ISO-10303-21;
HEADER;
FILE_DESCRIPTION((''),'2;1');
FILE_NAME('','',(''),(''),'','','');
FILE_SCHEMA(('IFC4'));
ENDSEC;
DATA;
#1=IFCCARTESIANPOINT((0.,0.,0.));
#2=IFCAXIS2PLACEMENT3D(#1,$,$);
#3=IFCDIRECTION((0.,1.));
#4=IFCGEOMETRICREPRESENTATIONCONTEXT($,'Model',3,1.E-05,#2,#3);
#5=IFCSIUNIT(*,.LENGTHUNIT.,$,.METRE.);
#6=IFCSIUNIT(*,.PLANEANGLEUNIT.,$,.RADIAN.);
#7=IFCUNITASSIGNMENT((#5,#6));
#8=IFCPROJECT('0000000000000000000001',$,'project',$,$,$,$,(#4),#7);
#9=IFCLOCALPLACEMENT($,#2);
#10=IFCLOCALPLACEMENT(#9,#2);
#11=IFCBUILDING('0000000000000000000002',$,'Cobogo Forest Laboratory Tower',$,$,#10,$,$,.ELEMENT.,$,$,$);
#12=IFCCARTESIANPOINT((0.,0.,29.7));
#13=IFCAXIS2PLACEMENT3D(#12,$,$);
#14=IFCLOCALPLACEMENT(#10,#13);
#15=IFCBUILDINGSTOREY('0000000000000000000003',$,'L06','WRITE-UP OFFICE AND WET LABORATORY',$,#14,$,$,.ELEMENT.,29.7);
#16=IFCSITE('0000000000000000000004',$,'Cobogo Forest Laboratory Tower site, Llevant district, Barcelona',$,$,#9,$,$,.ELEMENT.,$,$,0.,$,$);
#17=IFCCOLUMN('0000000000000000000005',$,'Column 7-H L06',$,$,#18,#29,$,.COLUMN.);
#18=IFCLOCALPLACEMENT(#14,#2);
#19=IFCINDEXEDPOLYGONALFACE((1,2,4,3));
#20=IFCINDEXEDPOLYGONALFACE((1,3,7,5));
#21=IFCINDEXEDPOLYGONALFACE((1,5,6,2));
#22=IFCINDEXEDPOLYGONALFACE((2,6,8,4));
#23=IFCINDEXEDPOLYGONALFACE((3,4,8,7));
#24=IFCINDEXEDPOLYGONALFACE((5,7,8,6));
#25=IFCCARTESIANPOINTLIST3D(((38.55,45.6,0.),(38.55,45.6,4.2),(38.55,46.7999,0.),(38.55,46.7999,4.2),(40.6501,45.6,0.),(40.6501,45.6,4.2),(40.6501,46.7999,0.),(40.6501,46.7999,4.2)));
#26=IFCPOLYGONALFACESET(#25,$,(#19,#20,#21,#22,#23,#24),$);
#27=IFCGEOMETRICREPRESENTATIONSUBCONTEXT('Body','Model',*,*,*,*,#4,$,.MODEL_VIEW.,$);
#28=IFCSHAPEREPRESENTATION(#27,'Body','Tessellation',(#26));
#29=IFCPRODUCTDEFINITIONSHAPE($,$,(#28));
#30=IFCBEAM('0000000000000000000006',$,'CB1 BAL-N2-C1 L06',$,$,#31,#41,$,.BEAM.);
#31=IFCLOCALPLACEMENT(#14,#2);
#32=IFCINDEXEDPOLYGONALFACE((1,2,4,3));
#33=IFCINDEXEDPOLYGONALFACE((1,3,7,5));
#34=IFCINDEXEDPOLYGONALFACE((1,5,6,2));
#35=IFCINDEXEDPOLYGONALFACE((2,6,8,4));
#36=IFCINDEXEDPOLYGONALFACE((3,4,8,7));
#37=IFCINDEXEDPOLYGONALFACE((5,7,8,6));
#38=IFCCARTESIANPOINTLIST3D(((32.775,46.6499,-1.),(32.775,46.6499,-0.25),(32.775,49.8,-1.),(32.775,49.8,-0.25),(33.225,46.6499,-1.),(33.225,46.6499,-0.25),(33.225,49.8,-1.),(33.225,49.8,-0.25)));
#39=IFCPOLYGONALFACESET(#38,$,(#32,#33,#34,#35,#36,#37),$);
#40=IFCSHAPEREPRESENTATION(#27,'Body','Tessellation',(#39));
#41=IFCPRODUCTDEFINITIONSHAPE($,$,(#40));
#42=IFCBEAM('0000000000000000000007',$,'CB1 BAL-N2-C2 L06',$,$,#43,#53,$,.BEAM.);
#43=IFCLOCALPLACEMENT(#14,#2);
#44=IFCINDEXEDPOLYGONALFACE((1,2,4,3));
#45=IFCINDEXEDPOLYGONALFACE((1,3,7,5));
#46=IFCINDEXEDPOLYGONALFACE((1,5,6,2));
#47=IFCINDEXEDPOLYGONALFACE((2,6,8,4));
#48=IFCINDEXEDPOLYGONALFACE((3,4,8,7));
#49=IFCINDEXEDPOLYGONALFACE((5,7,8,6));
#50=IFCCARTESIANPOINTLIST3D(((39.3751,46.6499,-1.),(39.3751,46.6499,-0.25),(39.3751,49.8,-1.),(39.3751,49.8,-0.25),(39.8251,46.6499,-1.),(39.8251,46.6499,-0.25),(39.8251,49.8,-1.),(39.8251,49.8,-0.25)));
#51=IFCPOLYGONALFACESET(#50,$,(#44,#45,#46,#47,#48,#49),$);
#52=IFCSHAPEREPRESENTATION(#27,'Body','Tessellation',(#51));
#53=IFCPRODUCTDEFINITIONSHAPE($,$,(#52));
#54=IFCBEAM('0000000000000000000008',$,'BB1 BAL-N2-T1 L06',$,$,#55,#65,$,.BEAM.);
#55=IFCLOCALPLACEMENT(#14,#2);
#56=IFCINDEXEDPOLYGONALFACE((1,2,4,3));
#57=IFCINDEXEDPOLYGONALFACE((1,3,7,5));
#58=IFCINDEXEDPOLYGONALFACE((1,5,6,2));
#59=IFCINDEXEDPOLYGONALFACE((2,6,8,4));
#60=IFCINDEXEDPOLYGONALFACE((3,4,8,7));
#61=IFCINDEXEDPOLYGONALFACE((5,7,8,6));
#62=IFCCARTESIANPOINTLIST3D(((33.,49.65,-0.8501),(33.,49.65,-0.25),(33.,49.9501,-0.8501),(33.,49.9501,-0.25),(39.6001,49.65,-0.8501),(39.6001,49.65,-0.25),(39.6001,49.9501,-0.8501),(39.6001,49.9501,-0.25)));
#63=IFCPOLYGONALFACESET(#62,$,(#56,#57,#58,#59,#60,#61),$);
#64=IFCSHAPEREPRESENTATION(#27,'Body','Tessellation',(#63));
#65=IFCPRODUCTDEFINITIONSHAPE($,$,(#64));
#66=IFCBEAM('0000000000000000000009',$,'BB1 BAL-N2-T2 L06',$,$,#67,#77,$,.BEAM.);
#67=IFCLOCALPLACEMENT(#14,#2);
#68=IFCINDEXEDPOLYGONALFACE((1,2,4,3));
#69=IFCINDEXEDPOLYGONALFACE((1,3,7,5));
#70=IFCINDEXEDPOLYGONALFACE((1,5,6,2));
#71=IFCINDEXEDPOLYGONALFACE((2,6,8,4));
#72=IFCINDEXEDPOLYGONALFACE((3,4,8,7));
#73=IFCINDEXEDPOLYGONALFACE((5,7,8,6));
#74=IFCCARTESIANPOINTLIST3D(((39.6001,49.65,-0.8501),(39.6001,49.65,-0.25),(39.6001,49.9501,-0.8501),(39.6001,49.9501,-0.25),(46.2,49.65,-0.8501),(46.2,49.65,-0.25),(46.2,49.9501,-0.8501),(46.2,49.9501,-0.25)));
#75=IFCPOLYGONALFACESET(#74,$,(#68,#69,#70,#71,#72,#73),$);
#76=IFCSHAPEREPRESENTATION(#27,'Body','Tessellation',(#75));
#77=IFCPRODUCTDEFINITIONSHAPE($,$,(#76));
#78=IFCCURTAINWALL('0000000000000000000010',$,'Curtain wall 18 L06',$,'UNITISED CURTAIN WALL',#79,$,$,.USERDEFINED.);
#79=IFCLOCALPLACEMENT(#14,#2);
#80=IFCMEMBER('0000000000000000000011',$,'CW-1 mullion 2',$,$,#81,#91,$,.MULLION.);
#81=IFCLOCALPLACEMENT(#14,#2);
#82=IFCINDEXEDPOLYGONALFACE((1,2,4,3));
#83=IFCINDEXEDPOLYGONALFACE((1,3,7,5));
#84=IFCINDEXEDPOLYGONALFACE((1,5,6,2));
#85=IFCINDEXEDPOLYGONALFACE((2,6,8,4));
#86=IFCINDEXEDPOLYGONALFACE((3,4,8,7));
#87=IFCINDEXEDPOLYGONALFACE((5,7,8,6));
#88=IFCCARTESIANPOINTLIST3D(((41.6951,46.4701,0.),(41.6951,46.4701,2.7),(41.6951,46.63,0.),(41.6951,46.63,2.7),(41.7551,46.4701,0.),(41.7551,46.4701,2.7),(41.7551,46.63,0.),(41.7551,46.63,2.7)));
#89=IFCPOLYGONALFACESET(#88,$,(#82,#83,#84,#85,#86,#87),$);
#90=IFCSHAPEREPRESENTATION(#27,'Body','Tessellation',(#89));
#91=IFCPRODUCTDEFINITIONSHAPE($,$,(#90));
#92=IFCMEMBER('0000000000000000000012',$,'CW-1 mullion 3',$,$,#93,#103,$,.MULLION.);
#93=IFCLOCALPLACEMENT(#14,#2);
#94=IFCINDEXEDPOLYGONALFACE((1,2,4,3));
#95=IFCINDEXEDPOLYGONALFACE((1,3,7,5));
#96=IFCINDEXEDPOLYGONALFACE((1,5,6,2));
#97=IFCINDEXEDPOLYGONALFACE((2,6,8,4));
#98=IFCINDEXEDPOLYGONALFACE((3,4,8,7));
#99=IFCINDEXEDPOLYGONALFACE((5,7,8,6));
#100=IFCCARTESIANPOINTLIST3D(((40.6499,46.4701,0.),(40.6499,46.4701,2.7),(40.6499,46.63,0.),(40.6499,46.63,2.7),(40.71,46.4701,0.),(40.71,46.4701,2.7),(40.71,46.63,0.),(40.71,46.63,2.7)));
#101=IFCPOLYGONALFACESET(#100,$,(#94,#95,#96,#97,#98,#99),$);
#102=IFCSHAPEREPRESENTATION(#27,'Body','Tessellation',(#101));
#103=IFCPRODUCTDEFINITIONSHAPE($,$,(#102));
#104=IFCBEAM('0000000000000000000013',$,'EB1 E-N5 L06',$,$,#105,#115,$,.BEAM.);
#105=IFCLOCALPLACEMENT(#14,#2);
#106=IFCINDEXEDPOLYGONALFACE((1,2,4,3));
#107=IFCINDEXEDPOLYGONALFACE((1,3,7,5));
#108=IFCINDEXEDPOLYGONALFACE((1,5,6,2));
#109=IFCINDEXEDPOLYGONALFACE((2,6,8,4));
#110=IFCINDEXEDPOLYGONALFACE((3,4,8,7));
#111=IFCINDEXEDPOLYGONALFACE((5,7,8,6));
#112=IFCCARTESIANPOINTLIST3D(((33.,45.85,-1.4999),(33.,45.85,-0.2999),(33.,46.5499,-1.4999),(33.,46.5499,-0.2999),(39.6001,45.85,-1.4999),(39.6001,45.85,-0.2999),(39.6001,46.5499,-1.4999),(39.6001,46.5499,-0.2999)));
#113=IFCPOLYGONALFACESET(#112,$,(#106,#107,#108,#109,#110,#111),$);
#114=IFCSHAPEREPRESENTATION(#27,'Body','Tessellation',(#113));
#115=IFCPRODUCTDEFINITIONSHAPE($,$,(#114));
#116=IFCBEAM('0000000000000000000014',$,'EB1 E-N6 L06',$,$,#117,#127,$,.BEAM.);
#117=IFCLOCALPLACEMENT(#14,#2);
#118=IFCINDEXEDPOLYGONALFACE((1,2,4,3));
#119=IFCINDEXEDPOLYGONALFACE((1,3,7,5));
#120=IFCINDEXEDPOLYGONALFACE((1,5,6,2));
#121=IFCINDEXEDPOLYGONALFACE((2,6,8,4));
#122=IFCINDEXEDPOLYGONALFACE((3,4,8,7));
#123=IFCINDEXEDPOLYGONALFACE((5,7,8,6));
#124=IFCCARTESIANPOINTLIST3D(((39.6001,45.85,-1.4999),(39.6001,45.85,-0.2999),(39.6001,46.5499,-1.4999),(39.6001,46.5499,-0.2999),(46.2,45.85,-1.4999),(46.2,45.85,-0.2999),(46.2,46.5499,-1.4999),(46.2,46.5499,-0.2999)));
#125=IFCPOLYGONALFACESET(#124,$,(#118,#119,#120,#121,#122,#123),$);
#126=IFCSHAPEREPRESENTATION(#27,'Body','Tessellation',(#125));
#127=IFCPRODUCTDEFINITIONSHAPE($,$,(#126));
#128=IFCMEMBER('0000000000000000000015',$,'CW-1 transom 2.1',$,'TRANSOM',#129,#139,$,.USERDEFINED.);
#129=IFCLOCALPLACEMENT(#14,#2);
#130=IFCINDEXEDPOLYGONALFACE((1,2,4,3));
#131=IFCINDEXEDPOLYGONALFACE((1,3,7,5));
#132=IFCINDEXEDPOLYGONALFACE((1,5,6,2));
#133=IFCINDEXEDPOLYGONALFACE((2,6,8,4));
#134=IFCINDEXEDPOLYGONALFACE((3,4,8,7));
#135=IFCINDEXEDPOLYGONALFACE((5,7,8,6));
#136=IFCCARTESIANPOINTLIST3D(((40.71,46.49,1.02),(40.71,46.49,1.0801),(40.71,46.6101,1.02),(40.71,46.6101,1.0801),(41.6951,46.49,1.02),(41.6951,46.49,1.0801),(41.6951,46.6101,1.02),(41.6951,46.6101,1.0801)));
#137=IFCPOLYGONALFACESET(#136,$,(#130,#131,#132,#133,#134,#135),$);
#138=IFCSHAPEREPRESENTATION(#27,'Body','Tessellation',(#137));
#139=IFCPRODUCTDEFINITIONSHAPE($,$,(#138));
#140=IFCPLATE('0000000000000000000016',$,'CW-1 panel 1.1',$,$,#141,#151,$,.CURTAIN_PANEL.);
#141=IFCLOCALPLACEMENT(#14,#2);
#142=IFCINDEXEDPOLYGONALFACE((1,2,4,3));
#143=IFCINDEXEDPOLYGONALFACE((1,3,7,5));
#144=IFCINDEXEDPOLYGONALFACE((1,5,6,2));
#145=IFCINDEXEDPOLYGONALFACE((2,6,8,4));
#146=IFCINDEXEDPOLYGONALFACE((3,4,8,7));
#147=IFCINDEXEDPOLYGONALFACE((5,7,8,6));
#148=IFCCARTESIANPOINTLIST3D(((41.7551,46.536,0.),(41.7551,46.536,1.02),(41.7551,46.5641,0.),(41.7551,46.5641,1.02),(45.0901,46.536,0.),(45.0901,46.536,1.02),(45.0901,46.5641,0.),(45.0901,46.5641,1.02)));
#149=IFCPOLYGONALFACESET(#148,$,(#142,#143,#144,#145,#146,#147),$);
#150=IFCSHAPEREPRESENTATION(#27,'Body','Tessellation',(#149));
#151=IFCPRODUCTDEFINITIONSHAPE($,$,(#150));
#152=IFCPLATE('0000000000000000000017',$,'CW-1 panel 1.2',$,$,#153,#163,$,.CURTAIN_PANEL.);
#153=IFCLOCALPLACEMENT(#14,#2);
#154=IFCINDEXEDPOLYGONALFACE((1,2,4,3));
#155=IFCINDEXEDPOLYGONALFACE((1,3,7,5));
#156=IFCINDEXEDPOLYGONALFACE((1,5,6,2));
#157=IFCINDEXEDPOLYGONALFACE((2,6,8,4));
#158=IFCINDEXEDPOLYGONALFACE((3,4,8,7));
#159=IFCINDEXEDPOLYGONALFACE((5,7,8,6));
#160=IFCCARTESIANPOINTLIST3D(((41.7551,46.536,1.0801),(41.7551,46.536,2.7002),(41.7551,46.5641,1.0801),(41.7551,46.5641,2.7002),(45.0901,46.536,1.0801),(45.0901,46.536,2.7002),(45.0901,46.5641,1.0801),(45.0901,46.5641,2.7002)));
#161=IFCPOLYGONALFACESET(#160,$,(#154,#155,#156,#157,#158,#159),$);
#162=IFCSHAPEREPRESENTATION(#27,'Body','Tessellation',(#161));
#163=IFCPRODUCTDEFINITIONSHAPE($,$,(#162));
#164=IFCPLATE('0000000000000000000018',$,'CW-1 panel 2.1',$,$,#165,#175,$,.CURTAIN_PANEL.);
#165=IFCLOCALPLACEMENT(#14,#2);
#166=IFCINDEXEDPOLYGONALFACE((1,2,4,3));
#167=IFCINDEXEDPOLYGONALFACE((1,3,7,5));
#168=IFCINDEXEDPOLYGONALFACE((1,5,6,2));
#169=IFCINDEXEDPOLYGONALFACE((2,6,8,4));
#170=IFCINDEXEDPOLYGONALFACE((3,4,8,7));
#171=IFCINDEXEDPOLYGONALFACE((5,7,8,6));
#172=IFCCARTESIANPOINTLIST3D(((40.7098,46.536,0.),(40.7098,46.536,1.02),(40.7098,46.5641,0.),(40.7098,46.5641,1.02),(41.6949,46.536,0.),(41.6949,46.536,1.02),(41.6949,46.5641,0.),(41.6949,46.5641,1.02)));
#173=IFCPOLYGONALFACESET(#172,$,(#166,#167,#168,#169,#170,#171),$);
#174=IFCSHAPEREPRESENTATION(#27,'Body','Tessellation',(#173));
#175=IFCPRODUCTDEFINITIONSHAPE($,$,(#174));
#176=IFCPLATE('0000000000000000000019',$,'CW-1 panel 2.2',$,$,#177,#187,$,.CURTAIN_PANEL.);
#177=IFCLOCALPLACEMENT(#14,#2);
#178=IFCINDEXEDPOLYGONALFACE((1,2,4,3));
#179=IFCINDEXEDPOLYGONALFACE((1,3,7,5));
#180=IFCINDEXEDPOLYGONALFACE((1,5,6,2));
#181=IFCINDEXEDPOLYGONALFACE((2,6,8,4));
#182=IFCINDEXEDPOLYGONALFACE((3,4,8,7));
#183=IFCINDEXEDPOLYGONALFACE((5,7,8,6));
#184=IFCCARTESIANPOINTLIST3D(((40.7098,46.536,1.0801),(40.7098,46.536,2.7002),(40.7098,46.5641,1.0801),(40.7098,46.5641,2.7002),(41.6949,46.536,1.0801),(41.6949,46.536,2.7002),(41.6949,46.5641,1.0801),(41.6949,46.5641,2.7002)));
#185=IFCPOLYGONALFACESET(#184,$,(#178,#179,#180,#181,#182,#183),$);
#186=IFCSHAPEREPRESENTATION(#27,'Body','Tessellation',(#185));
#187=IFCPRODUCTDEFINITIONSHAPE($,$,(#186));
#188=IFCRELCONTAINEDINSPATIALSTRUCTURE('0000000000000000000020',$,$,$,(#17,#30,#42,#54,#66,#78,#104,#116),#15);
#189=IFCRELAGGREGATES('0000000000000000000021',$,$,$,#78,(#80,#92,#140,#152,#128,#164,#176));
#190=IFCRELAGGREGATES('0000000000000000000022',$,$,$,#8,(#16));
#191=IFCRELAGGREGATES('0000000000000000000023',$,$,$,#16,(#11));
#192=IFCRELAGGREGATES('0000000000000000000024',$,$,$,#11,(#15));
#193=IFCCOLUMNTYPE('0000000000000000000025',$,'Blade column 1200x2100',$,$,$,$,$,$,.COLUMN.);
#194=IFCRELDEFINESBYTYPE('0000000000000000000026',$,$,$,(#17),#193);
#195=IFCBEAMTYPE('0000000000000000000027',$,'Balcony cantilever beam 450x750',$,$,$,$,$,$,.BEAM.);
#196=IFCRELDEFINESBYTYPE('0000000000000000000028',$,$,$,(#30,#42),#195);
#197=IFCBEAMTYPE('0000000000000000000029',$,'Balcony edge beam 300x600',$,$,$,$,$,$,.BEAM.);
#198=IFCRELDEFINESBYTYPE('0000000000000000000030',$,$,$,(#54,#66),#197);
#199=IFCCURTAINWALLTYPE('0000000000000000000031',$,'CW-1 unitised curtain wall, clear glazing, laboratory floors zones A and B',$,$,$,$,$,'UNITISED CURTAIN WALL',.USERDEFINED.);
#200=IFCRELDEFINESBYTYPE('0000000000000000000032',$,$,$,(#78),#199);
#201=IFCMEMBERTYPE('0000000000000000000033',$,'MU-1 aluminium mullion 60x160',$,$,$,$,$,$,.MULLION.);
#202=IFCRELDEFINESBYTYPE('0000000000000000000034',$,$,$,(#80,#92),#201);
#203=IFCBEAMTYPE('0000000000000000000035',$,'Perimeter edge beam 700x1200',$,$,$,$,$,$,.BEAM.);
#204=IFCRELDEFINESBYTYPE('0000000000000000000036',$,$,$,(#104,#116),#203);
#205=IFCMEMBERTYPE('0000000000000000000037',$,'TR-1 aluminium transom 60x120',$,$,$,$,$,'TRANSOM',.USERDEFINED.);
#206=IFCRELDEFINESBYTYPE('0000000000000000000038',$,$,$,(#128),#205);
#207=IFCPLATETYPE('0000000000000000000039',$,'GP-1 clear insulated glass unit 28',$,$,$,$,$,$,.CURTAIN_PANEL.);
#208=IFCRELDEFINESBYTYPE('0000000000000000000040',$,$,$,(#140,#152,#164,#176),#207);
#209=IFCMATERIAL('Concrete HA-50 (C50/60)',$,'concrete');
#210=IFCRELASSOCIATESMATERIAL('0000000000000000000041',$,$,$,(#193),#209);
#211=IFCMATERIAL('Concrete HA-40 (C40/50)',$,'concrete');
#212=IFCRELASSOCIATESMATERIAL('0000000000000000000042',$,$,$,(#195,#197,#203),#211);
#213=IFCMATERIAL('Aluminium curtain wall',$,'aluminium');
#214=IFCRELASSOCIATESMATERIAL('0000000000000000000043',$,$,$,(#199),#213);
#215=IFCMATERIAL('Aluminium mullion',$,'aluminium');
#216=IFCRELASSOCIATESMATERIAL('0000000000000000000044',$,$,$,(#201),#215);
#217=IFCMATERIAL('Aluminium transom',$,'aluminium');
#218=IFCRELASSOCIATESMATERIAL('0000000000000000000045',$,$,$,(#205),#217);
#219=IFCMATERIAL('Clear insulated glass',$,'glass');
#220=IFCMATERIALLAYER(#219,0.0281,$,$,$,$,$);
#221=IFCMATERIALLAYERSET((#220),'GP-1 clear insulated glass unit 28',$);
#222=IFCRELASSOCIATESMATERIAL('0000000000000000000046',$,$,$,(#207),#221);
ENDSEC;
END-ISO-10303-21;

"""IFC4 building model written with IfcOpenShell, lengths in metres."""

from ifc_helpers import new_model, si_unit, direction, frame, origin, origin_2d, place, context, subcontext, project, spatial, rectangle, extrude, material, layer, layer_set, material_profile, profile_set, type_object, element, aggregate, save


model = new_model("IFC4")

# Units and contexts
model_context = context("Model", 3, precision=1e-05, world=origin(), true_north=direction((0.0, 1.0)))
body_context = subcontext(model_context, "Body", "Model", "MODEL_VIEW")
ifc_project = project(units=[si_unit("LENGTHUNIT", "METRE"), si_unit("PLANEANGLEUNIT", "RADIAN")], contexts=[model_context])

# Site, building, storey
site_placement = place(None, origin())
site = spatial("IfcSite", under=ifc_project, at=site_placement, Name="Cobogo Forest Laboratory Tower site, Llevant district, Barcelona", CompositionType="ELEMENT", RefElevation=0.0)
building_placement = place(site_placement, origin())
building = spatial("IfcBuilding", under=site, at=building_placement, Name="Cobogo Forest Laboratory Tower", CompositionType="ELEMENT")
storey_placement = place(building_placement, frame((0.0, 0.0, 29.7)))
storey = spatial("IfcBuildingStorey", under=building, at=storey_placement, Name="L06", Description="WRITE-UP OFFICE AND WET LABORATORY", CompositionType="ELEMENT", Elevation=29.7)

# Column
ifc_material_1 = material(Name="Concrete HA-50 (C50/60)", Category="concrete")
ifc_material_profile_1 = material_profile(ifc_material_1, rectangle(XDim=2.1001, YDim=1.2, at=origin_2d()), Name="RC 1200x2100")
ifc_profile_set_1 = profile_set([ifc_material_profile_1], Name="Concrete HA-50 (C50/60)")
column_type = type_object("IfcColumnType", Name="Blade column 1200x2100", PredefinedType="COLUMN", material=ifc_profile_set_1)
column_placement = place(storey_placement, frame((39.6001, 46.2, 0.0), z_axis=(0.0, 0.0, 1.0), x_axis=(1.0, 0.0, 0.0)))
element("IfcColumn", 1, at=column_placement, inside=storey, type_object=column_type, Name="Column 7-H L06", PredefinedType="COLUMN", context=body_context, shape_type="SweptSolid", body=[
    extrude(rectangle(XDim=2.1001, YDim=1.2, at=origin_2d()), origin(), (0.0, 0.0, 1.0), 4.2),
])

# Beams
ifc_material_2 = material(Name="Concrete HA-40 (C40/50)", Category="concrete")
ifc_material_profile_2 = material_profile(ifc_material_2, rectangle(XDim=0.45, YDim=0.75, at=origin_2d()), Name="RC 450x750")
ifc_profile_set_2 = profile_set([ifc_material_profile_2], Name="Concrete HA-40 (C40/50)")
beam_type_1 = type_object("IfcBeamType", Name="Balcony cantilever beam 450x750", PredefinedType="BEAM", material=ifc_profile_set_2)
for number, where, z_axis, x_axis, name in (
    (2, (33.0, 46.6499, -0.625), (0.0, 1.0, 0.0), (-1.0, 0.0, 0.0), "CB1 BAL-N2-C1 L06"),
    (3, (39.6001, 46.6499, -0.625), (0.0, 1.0, 0.0), (-1.0, 0.0, 0.0), "CB1 BAL-N2-C2 L06"),
):
    element("IfcBeam", number, at=place(storey_placement, frame(where, z_axis=z_axis, x_axis=x_axis)), inside=storey, type_object=beam_type_1, Name=name, PredefinedType="BEAM", context=body_context, shape_type="SweptSolid", body=[
        extrude(rectangle(XDim=0.45, YDim=0.75, at=origin_2d()), origin(), (0.0, 0.0, 1.0), 3.1501),
    ])
ifc_material_profile_3 = material_profile(ifc_material_2, rectangle(XDim=0.3, YDim=0.6001, at=origin_2d()), Name="RC 300x600")
ifc_profile_set_3 = profile_set([ifc_material_profile_3], Name="Concrete HA-40 (C40/50)")
beam_type_2 = type_object("IfcBeamType", Name="Balcony edge beam 300x600", PredefinedType="BEAM", material=ifc_profile_set_3)
beam_1_placement = place(storey_placement, frame((33.0, 49.8, -0.55), z_axis=(1.0, 0.0, 0.0), x_axis=(0.0, 1.0, 0.0)))
element("IfcBeam", 4, at=beam_1_placement, inside=storey, type_object=beam_type_2, Name="BB1 BAL-N2-T1 L06", PredefinedType="BEAM", context=body_context, shape_type="SweptSolid", body=[
    extrude(rectangle(XDim=0.3, YDim=0.6001, at=origin_2d()), origin(), (0.0, 0.0, 1.0), 6.6001),
])
beam_2_placement = place(storey_placement, frame((39.6001, 49.8, -0.55), z_axis=(1.0, 0.0, 0.0), x_axis=(0.0, 1.0, 0.0)))
element("IfcBeam", 5, at=beam_2_placement, inside=storey, type_object=beam_type_2, Name="BB1 BAL-N2-T2 L06", PredefinedType="BEAM", context=body_context, shape_type="SweptSolid", body=[
    extrude(rectangle(XDim=0.3, YDim=0.6001, at=origin_2d()), origin(), (0.0, 0.0, 1.0), 6.5999),
])

# Curtain wall, members
ifc_material_3 = material(Name="Aluminium curtain wall", Category="aluminium")
curtain_wall_type = type_object("IfcCurtainWallType", Name="CW-1 unitised curtain wall, clear glazing, laboratory floors zones A and B", ElementType="UNITISED CURTAIN WALL", PredefinedType="USERDEFINED", material=ifc_material_3)
curtain_wall_placement = place(storey_placement, origin())
curtain_wall = element("IfcCurtainWall", 6, at=curtain_wall_placement, inside=storey, type_object=curtain_wall_type, Name="Curtain wall 18 L06", ObjectType="UNITISED CURTAIN WALL", PredefinedType="USERDEFINED")
ifc_material_4 = material(Name="Aluminium mullion", Category="aluminium")
ifc_material_profile_4 = material_profile(ifc_material_4, rectangle(XDim=0.0601, YDim=0.1599, at=origin_2d()), Name="AL 60x160")
ifc_profile_set_4 = profile_set([ifc_material_profile_4], Name="Aluminium mullion")
member_type_1 = type_object("IfcMemberType", Name="MU-1 aluminium mullion 60x160", PredefinedType="MULLION", material=ifc_profile_set_4)
member_1_placement = place(storey_placement, frame((41.7251, 46.55, 0.0), z_axis=(0.0, 0.0, 1.0), x_axis=(-1.0, 0.0, 0.0)))
member_1 = element("IfcMember", 7, at=member_1_placement, type_object=member_type_1, Name="CW-1 mullion 2", PredefinedType="MULLION", context=body_context, shape_type="SweptSolid", body=[
    extrude(rectangle(XDim=0.0601, YDim=0.1599, at=origin_2d()), origin(), (0.0, 0.0, 1.0), 2.7),
])
member_2_placement = place(storey_placement, frame((40.6799, 46.55, 0.0), z_axis=(0.0, 0.0, 1.0), x_axis=(-1.0, 0.0, 0.0)))
member_2 = element("IfcMember", 8, at=member_2_placement, type_object=member_type_1, Name="CW-1 mullion 3", PredefinedType="MULLION", context=body_context, shape_type="SweptSolid", body=[
    extrude(rectangle(XDim=0.0601, YDim=0.1599, at=origin_2d()), origin(), (0.0, 0.0, 1.0), 2.7),
])

# Beams
ifc_material_profile_5 = material_profile(ifc_material_2, rectangle(XDim=0.7, YDim=1.2, at=origin_2d()), Name="RC 700x1200")
ifc_profile_set_5 = profile_set([ifc_material_profile_5], Name="Concrete HA-40 (C40/50)")
beam_type_3 = type_object("IfcBeamType", Name="Perimeter edge beam 700x1200", PredefinedType="BEAM", material=ifc_profile_set_5)
beam_3_placement = place(storey_placement, frame((33.0, 46.2, -0.8999), z_axis=(1.0, 0.0, 0.0), x_axis=(0.0, 1.0, 0.0)))
element("IfcBeam", 9, at=beam_3_placement, inside=storey, type_object=beam_type_3, Name="EB1 E-N5 L06", PredefinedType="BEAM", context=body_context, shape_type="SweptSolid", body=[
    extrude(rectangle(XDim=0.7, YDim=1.2, at=origin_2d()), origin(), (0.0, 0.0, 1.0), 6.6001),
])
beam_4_placement = place(storey_placement, frame((39.6001, 46.2, -0.8999), z_axis=(1.0, 0.0, 0.0), x_axis=(0.0, 1.0, 0.0)))
element("IfcBeam", 10, at=beam_4_placement, inside=storey, type_object=beam_type_3, Name="EB1 E-N6 L06", PredefinedType="BEAM", context=body_context, shape_type="SweptSolid", body=[
    extrude(rectangle(XDim=0.7, YDim=1.2, at=origin_2d()), origin(), (0.0, 0.0, 1.0), 6.5999),
])

# Member
ifc_material_5 = material(Name="Aluminium transom", Category="aluminium")
ifc_material_profile_6 = material_profile(ifc_material_5, rectangle(XDim=0.1201, YDim=0.0601, at=origin_2d()), Name="AL 60x120")
ifc_profile_set_6 = profile_set([ifc_material_profile_6], Name="Aluminium transom")
member_type_2 = type_object("IfcMemberType", Name="TR-1 aluminium transom 60x120", ElementType="TRANSOM", PredefinedType="USERDEFINED", material=ifc_profile_set_6)
member_3_placement = place(storey_placement, frame((41.6951, 46.55, 1.05), z_axis=(-1.0, 0.0, 0.0), x_axis=(0.0, -1.0, 0.0)))
member_3 = element("IfcMember", 11, at=member_3_placement, type_object=member_type_2, Name="CW-1 transom 2.1", ObjectType="TRANSOM", PredefinedType="USERDEFINED", context=body_context, shape_type="SweptSolid", body=[
    extrude(rectangle(XDim=0.1201, YDim=0.0601, at=origin_2d()), origin(), (0.0, 0.0, 1.0), 0.9851),
])

# Plates
ifc_material_6 = material(Name="Clear insulated glass", Category="glass")
ifc_layer_1 = layer(ifc_material_6, 0.0281)
ifc_layer_set_1 = layer_set([ifc_layer_1], Name="GP-1 clear insulated glass unit 28")
plate_type = type_object("IfcPlateType", Name="GP-1 clear insulated glass unit 28", PredefinedType="CURTAIN_PANEL", material=ifc_layer_set_1)
plate_1_placement = place(storey_placement, frame((43.4226, 46.55, 0.0), z_axis=(0.0, 0.0, 1.0), x_axis=(-1.0, 0.0, 0.0)))
plate_1 = element("IfcPlate", 12, at=plate_1_placement, type_object=plate_type, Name="CW-1 panel 1.1", PredefinedType="CURTAIN_PANEL", context=body_context, shape_type="SweptSolid", body=[
    extrude(rectangle(XDim=3.335, YDim=0.0281, at=origin_2d()), origin(), (0.0, 0.0, 1.0), 1.02),
])
plate_2_placement = place(storey_placement, frame((43.4226, 46.55, 1.0801), z_axis=(0.0, 0.0, 1.0), x_axis=(-1.0, 0.0, 0.0)))
plate_2 = element("IfcPlate", 13, at=plate_2_placement, type_object=plate_type, Name="CW-1 panel 1.2", PredefinedType="CURTAIN_PANEL", context=body_context, shape_type="SweptSolid", body=[
    extrude(rectangle(XDim=3.335, YDim=0.0281, at=origin_2d()), origin(), (0.0, 0.0, 1.0), 1.6201),
])
plate_3_placement = place(storey_placement, frame((41.2024, 46.55, 0.0), z_axis=(0.0, 0.0, 1.0), x_axis=(-1.0, 0.0, 0.0)))
plate_3 = element("IfcPlate", 14, at=plate_3_placement, type_object=plate_type, Name="CW-1 panel 2.1", PredefinedType="CURTAIN_PANEL", context=body_context, shape_type="SweptSolid", body=[
    extrude(rectangle(XDim=0.9851, YDim=0.0281, at=origin_2d()), origin(), (0.0, 0.0, 1.0), 1.02),
])
plate_4_placement = place(storey_placement, frame((41.2024, 46.55, 1.0801), z_axis=(0.0, 0.0, 1.0), x_axis=(-1.0, 0.0, 0.0)))
plate_4 = element("IfcPlate", 15, at=plate_4_placement, type_object=plate_type, Name="CW-1 panel 2.2", PredefinedType="CURTAIN_PANEL", context=body_context, shape_type="SweptSolid", body=[
    extrude(rectangle(XDim=0.9851, YDim=0.0281, at=origin_2d()), origin(), (0.0, 0.0, 1.0), 1.6201),
])
aggregate(curtain_wall, [member_1, member_2, plate_1, plate_2, member_3, plate_3, plate_4])

save(model, "model.ifc")
